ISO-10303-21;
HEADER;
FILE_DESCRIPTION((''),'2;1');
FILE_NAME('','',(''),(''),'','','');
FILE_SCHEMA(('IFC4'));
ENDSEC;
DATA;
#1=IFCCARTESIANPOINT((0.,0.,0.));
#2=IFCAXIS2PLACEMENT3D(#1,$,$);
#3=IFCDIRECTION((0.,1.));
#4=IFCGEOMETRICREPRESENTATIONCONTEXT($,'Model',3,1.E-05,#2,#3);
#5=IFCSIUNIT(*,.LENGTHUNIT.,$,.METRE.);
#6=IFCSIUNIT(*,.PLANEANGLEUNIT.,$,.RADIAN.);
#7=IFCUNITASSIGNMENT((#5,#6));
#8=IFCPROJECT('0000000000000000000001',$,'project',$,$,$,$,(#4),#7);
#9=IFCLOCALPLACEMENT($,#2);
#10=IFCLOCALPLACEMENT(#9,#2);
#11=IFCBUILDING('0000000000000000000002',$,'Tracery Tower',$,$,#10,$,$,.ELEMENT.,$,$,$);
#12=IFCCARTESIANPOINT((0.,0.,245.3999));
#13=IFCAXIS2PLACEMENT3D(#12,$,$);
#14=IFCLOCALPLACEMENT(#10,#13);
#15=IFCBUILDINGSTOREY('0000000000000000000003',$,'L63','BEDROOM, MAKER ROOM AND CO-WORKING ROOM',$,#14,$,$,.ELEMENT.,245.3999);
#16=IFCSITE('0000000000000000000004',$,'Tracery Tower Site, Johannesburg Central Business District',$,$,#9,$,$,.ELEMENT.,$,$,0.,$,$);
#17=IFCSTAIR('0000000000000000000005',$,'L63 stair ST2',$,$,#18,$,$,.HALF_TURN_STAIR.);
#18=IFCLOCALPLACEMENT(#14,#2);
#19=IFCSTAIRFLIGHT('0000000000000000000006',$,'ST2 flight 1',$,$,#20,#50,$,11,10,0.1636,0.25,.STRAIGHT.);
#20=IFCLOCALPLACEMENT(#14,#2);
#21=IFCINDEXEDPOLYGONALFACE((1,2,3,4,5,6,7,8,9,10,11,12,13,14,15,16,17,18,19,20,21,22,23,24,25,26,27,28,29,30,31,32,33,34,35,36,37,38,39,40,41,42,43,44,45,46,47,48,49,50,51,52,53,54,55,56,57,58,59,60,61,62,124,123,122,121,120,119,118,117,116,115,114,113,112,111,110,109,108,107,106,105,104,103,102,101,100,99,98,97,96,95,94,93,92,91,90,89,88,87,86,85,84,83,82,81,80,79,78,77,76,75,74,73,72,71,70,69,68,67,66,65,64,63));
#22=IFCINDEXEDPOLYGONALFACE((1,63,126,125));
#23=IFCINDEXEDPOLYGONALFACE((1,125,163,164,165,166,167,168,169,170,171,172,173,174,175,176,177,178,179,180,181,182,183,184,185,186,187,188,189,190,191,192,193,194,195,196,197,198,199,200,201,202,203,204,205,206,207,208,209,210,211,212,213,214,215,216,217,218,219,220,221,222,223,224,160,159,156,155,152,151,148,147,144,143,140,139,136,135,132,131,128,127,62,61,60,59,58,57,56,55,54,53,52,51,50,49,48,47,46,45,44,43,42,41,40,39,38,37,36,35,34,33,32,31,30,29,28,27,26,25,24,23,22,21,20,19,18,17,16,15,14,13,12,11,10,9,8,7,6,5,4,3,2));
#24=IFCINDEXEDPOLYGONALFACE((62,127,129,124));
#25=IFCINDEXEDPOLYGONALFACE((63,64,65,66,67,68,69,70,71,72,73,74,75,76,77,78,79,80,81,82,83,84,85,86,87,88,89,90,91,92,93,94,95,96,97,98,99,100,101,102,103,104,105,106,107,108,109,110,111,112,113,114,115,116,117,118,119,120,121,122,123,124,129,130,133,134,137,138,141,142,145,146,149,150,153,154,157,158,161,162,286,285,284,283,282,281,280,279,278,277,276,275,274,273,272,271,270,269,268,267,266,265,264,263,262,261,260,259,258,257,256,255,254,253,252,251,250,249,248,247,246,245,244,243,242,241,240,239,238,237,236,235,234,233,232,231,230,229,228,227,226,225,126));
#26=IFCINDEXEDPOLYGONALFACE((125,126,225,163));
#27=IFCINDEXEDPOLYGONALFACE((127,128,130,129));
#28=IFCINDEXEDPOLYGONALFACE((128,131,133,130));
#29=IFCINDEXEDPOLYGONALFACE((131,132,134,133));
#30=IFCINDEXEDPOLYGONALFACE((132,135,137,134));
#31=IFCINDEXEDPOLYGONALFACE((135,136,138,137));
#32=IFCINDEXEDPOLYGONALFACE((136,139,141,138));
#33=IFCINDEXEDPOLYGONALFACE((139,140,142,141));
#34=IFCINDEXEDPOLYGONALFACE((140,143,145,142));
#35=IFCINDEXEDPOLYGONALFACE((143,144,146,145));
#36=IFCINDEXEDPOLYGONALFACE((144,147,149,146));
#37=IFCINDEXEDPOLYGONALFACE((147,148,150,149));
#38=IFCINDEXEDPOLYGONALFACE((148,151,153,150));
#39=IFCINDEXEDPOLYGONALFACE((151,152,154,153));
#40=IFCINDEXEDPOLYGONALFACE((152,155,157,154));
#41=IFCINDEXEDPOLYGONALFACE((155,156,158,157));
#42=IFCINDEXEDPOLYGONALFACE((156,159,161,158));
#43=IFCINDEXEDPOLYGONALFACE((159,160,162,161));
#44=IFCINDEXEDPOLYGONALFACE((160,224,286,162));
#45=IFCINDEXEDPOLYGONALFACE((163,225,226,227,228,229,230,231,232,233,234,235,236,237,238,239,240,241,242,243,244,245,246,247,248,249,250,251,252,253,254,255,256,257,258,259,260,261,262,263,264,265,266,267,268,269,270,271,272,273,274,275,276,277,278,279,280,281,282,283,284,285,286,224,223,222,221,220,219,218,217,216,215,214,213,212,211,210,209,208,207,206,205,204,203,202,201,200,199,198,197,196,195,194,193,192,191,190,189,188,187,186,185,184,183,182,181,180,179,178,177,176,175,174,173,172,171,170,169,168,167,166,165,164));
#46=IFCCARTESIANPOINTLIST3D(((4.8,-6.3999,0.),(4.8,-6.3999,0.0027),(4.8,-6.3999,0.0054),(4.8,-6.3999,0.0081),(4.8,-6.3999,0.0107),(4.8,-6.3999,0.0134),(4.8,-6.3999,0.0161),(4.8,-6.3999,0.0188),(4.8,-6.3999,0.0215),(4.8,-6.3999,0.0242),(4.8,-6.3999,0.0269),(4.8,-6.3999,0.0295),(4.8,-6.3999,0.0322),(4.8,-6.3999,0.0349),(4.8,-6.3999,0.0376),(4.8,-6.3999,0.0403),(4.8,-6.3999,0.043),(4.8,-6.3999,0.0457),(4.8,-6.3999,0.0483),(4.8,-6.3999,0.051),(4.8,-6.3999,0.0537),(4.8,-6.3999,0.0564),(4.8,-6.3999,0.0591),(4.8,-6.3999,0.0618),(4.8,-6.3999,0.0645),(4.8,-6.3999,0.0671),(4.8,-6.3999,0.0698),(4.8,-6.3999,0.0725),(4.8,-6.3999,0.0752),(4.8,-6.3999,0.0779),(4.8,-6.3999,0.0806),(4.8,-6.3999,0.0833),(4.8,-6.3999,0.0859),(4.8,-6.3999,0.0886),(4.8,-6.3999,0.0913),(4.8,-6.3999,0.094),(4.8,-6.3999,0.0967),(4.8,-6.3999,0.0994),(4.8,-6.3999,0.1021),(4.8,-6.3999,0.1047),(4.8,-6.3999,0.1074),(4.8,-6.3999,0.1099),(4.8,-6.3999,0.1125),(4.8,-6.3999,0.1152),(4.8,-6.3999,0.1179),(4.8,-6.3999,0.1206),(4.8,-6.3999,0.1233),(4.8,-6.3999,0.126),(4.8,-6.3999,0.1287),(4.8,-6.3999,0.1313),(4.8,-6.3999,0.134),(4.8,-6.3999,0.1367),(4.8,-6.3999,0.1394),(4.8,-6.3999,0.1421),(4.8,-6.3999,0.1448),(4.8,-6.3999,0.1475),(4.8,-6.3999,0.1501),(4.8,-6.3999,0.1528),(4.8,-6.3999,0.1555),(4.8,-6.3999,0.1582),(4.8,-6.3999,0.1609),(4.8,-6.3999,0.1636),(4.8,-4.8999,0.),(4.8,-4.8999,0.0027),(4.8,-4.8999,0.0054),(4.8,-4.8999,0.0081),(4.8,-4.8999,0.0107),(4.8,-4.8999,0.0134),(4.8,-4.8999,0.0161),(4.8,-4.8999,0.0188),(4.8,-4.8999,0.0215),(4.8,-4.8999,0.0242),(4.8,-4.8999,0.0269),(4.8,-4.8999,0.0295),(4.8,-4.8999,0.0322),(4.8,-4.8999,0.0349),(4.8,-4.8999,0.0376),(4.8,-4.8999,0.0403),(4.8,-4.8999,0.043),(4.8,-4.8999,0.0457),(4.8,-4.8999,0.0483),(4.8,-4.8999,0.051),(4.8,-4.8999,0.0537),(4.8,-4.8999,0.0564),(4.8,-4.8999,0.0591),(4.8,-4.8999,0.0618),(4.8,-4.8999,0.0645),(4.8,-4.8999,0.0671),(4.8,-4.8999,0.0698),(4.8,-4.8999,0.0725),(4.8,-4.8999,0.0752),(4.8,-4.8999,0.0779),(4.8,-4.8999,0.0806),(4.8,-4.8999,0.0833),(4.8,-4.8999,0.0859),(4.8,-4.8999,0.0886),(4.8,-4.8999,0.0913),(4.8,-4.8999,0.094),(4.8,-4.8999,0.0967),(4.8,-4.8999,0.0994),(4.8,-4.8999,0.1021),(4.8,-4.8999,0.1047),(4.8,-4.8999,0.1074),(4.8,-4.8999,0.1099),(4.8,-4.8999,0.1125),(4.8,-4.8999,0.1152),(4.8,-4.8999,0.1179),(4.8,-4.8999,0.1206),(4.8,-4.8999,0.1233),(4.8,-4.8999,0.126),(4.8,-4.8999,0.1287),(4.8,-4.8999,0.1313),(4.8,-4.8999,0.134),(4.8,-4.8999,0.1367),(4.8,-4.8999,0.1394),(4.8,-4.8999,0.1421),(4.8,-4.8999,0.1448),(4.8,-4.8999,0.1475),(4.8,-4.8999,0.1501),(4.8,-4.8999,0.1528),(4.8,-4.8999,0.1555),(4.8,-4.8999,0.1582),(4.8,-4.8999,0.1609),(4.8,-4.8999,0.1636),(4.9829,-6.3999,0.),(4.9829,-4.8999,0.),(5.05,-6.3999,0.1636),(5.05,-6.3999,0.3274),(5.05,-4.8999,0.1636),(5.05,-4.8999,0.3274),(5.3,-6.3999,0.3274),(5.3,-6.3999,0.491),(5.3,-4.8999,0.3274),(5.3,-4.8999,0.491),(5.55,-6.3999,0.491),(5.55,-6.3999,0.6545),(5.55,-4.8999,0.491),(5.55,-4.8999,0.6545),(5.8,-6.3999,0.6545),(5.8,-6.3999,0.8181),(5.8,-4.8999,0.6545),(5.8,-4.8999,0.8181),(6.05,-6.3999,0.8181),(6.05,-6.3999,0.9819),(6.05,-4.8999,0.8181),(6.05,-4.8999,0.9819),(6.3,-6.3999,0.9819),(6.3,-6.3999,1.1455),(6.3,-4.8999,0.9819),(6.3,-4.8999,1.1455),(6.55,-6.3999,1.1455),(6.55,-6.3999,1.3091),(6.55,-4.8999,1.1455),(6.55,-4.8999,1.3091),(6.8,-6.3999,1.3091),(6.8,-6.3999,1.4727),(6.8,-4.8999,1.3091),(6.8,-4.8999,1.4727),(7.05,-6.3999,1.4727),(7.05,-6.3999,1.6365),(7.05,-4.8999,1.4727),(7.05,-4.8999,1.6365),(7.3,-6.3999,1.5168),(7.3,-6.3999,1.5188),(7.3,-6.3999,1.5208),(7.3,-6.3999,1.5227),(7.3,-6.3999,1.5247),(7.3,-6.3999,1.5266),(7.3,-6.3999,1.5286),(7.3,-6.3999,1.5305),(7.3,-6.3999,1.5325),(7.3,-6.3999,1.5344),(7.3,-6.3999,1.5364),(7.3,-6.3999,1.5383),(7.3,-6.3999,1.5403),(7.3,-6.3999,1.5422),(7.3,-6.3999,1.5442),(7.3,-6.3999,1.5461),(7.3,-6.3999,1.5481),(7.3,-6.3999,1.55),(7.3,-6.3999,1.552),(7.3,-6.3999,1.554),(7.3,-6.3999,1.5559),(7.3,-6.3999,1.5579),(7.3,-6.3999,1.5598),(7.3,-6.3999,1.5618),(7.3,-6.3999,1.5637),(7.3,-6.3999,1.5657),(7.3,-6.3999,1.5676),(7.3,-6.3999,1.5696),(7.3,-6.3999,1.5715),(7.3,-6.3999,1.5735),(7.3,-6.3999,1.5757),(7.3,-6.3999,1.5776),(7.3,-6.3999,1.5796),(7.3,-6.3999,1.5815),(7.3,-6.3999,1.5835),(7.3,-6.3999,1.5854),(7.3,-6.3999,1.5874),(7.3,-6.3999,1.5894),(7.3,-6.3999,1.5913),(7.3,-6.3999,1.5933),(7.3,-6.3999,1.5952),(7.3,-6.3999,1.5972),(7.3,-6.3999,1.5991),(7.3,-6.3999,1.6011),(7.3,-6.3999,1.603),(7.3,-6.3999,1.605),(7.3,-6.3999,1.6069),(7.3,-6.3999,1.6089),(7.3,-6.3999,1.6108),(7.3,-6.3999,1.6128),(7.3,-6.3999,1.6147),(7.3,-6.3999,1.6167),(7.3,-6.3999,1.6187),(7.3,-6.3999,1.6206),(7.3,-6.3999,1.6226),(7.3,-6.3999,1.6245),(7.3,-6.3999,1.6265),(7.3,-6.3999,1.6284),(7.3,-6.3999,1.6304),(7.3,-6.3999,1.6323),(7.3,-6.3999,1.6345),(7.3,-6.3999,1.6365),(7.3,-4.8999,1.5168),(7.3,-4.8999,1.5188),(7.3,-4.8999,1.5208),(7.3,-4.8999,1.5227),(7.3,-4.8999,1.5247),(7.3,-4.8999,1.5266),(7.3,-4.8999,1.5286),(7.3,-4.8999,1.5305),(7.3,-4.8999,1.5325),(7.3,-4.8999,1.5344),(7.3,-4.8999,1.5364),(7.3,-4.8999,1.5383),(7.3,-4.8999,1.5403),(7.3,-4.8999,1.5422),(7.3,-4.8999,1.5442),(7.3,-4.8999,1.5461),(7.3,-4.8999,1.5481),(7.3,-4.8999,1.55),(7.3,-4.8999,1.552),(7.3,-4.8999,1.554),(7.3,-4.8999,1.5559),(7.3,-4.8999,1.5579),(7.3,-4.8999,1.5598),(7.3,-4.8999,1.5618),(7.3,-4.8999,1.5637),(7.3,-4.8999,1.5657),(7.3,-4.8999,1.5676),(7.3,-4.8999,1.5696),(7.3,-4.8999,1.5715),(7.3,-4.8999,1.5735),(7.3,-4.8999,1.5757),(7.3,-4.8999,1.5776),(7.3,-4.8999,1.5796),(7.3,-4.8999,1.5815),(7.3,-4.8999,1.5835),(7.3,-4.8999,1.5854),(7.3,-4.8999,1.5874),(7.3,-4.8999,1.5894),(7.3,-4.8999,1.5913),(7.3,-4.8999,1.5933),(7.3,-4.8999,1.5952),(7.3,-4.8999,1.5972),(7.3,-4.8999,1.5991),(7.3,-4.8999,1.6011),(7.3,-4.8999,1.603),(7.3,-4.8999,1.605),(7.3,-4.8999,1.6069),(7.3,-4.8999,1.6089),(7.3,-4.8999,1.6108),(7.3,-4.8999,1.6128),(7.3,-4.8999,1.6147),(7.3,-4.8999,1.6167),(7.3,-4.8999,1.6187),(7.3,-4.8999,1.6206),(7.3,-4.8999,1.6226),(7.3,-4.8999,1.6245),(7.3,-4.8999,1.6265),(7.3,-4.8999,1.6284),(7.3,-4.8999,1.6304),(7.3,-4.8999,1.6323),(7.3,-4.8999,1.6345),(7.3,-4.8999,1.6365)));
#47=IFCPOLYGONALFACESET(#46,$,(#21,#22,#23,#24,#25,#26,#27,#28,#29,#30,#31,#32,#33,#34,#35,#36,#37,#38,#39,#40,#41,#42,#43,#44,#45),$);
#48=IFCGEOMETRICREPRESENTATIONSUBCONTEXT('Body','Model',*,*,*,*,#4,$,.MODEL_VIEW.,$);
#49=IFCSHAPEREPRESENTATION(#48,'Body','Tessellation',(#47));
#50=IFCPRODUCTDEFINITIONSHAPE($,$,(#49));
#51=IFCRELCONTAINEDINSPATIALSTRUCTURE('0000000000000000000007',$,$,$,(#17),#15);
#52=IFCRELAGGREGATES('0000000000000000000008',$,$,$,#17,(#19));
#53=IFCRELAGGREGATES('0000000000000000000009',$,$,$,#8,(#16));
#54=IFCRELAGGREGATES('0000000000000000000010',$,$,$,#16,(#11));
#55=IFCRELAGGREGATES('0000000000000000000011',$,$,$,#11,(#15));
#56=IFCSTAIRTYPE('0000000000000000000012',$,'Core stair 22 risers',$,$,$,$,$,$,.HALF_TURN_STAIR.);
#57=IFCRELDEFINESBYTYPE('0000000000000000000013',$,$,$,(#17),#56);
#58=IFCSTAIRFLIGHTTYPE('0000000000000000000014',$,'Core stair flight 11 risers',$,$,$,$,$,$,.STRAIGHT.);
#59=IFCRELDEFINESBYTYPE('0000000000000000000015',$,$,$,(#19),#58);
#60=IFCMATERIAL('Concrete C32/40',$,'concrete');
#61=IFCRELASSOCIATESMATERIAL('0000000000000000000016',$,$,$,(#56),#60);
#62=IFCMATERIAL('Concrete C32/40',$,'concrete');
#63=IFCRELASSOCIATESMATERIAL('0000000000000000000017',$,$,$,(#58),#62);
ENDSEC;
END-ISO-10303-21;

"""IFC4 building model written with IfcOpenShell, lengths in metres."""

from ifc_helpers import new_model, si_unit, direction, frame, origin, place, context, subcontext, project, spatial, polyline, outline, extrude, material, type_object, element, aggregate, save


model = new_model("IFC4")

# Units and contexts
model_context = context("Model", 3, precision=1e-05, world=origin(), true_north=direction((0.0, 1.0)))
body_context = subcontext(model_context, "Body", "Model", "MODEL_VIEW")
ifc_project = project(units=[si_unit("LENGTHUNIT", "METRE"), si_unit("PLANEANGLEUNIT", "RADIAN")], contexts=[model_context])

# Site, building, storey
site_placement = place(None, origin())
site = spatial("IfcSite", under=ifc_project, at=site_placement, Name="Tracery Tower Site, Johannesburg Central Business District", CompositionType="ELEMENT", RefElevation=0.0)
building_placement = place(site_placement, origin())
building = spatial("IfcBuilding", under=site, at=building_placement, Name="Tracery Tower", CompositionType="ELEMENT")
storey_placement = place(building_placement, frame((0.0, 0.0, 245.3999)))
storey = spatial("IfcBuildingStorey", under=building, at=storey_placement, Name="L63", Description="BEDROOM, MAKER ROOM AND CO-WORKING ROOM", CompositionType="ELEMENT", Elevation=245.3999)

# Shared definitions
ifc_material_1 = material(Name="Concrete C32/40", Category="concrete")
stair_type = type_object("IfcStairType", Name="Core stair 22 risers", PredefinedType="HALF_TURN_STAIR", material=ifc_material_1)

# Stair, stair flight
stair_1_placement = place(storey_placement, origin())
stair_1 = element("IfcStair", 1, at=stair_1_placement, inside=storey, type_object=stair_type, Name="L63 stair ST2", PredefinedType="HALF_TURN_STAIR")
ifc_material_2 = material(Name="Concrete C32/40", Category="concrete")
stair_flight_type = type_object("IfcStairFlightType", Name="Core stair flight 11 risers", PredefinedType="STRAIGHT", material=ifc_material_2)
stair_flight_1_placement = place(storey_placement, frame((4.8, -5.6499, 0.0), z_axis=(0.0, 0.0, 1.0), x_axis=(1.0, 0.0, 0.0)))
stair_flight_1 = element("IfcStairFlight", 2, at=stair_flight_1_placement, type_object=stair_flight_type, Name="ST2 flight 1", NumberOfRisers=11, NumberOfTreads=10, PredefinedType="STRAIGHT", RiserHeight=0.1636, TreadLength=0.25, context=body_context, shape_type="SweptSolid", body=[
    extrude(outline(polyline([(0.0, 0.0), (0.0, 0.0027), (0.0, 0.0054), (0.0, 0.0081), (0.0, 0.0107), (0.0, 0.0134), (0.0, 0.0161), (0.0, 0.0188), (0.0, 0.0215), (0.0, 0.0242), (0.0, 0.0269), (0.0, 0.0295), (0.0, 0.0322), (0.0, 0.0349), (0.0, 0.0376), (0.0, 0.0403), (0.0, 0.043), (0.0, 0.0457), (0.0, 0.0483), (0.0, 0.051), (0.0, 0.0537), (0.0, 0.0564), (0.0, 0.0591), (0.0, 0.0618), (0.0, 0.0645), (0.0, 0.0671), (0.0, 0.0698), (0.0, 0.0725), (0.0, 0.0752), (0.0, 0.0779), (0.0, 0.0806), (0.0, 0.0833), (0.0, 0.0859), (0.0, 0.0886), (0.0, 0.0913), (0.0, 0.094), (0.0, 0.0967), (0.0, 0.0994), (0.0, 0.1021), (0.0, 0.1047), (0.0, 0.1074), (0.0, 0.1099), (0.0, 0.1125), (0.0, 0.1152), (0.0, 0.1179), (0.0, 0.1206), (0.0, 0.1233), (0.0, 0.126), (0.0, 0.1287), (0.0, 0.1313), (0.0, 0.134), (0.0, 0.1367), (0.0, 0.1394), (0.0, 0.1421), (0.0, 0.1448), (0.0, 0.1475), (0.0, 0.1501), (0.0, 0.1528), (0.0, 0.1555), (0.0, 0.1582), (0.0, 0.1609), (0.0, 0.1636), (0.25, 0.1636), (0.25, 0.3274), (0.5, 0.3274), (0.5, 0.491), (0.75, 0.491), (0.75, 0.6545), (1.0, 0.6545), (1.0, 0.8181), (1.25, 0.8181), (1.25, 0.9819), (1.5, 0.9819), (1.5, 1.1455), (1.75, 1.1455), (1.75, 1.3091), (2.0, 1.3091), (2.0, 1.4727), (2.25, 1.4727), (2.25, 1.6365), (2.5, 1.6365), (2.5, 1.6345), (2.5, 1.6323), (2.5, 1.6304), (2.5, 1.6284), (2.5, 1.6265), (2.5, 1.6245), (2.5, 1.6226), (2.5, 1.6206), (2.5, 1.6187), (2.5, 1.6167), (2.5, 1.6147), (2.5, 1.6128), (2.5, 1.6108), (2.5, 1.6089), (2.5, 1.6069), (2.5, 1.605), (2.5, 1.603), (2.5, 1.6011), (2.5, 1.5991), (2.5, 1.5972), (2.5, 1.5952), (2.5, 1.5933), (2.5, 1.5913), (2.5, 1.5894), (2.5, 1.5874), (2.5, 1.5854), (2.5, 1.5835), (2.5, 1.5815), (2.5, 1.5796), (2.5, 1.5776), (2.5, 1.5757), (2.5, 1.5735), (2.5, 1.5715), (2.5, 1.5696), (2.5, 1.5676), (2.5, 1.5657), (2.5, 1.5637), (2.5, 1.5618), (2.5, 1.5598), (2.5, 1.5579), (2.5, 1.5559), (2.5, 1.554), (2.5, 1.552), (2.5, 1.55), (2.5, 1.5481), (2.5, 1.5461), (2.5, 1.5442), (2.5, 1.5422), (2.5, 1.5403), (2.5, 1.5383), (2.5, 1.5364), (2.5, 1.5344), (2.5, 1.5325), (2.5, 1.5305), (2.5, 1.5286), (2.5, 1.5266), (2.5, 1.5247), (2.5, 1.5227), (2.5, 1.5208), (2.5, 1.5188), (2.5, 1.5168), (0.1829, 0.0), (0.0, 0.0)])), frame((0.0, 0.75, 0.0), z_axis=(0.0, -1.0, 0.0), x_axis=(1.0, 0.0, 0.0)), (0.0, 0.0, 1.0), 1.5),
])
aggregate(stair_1, [stair_flight_1])

save(model, "model.ifc")
